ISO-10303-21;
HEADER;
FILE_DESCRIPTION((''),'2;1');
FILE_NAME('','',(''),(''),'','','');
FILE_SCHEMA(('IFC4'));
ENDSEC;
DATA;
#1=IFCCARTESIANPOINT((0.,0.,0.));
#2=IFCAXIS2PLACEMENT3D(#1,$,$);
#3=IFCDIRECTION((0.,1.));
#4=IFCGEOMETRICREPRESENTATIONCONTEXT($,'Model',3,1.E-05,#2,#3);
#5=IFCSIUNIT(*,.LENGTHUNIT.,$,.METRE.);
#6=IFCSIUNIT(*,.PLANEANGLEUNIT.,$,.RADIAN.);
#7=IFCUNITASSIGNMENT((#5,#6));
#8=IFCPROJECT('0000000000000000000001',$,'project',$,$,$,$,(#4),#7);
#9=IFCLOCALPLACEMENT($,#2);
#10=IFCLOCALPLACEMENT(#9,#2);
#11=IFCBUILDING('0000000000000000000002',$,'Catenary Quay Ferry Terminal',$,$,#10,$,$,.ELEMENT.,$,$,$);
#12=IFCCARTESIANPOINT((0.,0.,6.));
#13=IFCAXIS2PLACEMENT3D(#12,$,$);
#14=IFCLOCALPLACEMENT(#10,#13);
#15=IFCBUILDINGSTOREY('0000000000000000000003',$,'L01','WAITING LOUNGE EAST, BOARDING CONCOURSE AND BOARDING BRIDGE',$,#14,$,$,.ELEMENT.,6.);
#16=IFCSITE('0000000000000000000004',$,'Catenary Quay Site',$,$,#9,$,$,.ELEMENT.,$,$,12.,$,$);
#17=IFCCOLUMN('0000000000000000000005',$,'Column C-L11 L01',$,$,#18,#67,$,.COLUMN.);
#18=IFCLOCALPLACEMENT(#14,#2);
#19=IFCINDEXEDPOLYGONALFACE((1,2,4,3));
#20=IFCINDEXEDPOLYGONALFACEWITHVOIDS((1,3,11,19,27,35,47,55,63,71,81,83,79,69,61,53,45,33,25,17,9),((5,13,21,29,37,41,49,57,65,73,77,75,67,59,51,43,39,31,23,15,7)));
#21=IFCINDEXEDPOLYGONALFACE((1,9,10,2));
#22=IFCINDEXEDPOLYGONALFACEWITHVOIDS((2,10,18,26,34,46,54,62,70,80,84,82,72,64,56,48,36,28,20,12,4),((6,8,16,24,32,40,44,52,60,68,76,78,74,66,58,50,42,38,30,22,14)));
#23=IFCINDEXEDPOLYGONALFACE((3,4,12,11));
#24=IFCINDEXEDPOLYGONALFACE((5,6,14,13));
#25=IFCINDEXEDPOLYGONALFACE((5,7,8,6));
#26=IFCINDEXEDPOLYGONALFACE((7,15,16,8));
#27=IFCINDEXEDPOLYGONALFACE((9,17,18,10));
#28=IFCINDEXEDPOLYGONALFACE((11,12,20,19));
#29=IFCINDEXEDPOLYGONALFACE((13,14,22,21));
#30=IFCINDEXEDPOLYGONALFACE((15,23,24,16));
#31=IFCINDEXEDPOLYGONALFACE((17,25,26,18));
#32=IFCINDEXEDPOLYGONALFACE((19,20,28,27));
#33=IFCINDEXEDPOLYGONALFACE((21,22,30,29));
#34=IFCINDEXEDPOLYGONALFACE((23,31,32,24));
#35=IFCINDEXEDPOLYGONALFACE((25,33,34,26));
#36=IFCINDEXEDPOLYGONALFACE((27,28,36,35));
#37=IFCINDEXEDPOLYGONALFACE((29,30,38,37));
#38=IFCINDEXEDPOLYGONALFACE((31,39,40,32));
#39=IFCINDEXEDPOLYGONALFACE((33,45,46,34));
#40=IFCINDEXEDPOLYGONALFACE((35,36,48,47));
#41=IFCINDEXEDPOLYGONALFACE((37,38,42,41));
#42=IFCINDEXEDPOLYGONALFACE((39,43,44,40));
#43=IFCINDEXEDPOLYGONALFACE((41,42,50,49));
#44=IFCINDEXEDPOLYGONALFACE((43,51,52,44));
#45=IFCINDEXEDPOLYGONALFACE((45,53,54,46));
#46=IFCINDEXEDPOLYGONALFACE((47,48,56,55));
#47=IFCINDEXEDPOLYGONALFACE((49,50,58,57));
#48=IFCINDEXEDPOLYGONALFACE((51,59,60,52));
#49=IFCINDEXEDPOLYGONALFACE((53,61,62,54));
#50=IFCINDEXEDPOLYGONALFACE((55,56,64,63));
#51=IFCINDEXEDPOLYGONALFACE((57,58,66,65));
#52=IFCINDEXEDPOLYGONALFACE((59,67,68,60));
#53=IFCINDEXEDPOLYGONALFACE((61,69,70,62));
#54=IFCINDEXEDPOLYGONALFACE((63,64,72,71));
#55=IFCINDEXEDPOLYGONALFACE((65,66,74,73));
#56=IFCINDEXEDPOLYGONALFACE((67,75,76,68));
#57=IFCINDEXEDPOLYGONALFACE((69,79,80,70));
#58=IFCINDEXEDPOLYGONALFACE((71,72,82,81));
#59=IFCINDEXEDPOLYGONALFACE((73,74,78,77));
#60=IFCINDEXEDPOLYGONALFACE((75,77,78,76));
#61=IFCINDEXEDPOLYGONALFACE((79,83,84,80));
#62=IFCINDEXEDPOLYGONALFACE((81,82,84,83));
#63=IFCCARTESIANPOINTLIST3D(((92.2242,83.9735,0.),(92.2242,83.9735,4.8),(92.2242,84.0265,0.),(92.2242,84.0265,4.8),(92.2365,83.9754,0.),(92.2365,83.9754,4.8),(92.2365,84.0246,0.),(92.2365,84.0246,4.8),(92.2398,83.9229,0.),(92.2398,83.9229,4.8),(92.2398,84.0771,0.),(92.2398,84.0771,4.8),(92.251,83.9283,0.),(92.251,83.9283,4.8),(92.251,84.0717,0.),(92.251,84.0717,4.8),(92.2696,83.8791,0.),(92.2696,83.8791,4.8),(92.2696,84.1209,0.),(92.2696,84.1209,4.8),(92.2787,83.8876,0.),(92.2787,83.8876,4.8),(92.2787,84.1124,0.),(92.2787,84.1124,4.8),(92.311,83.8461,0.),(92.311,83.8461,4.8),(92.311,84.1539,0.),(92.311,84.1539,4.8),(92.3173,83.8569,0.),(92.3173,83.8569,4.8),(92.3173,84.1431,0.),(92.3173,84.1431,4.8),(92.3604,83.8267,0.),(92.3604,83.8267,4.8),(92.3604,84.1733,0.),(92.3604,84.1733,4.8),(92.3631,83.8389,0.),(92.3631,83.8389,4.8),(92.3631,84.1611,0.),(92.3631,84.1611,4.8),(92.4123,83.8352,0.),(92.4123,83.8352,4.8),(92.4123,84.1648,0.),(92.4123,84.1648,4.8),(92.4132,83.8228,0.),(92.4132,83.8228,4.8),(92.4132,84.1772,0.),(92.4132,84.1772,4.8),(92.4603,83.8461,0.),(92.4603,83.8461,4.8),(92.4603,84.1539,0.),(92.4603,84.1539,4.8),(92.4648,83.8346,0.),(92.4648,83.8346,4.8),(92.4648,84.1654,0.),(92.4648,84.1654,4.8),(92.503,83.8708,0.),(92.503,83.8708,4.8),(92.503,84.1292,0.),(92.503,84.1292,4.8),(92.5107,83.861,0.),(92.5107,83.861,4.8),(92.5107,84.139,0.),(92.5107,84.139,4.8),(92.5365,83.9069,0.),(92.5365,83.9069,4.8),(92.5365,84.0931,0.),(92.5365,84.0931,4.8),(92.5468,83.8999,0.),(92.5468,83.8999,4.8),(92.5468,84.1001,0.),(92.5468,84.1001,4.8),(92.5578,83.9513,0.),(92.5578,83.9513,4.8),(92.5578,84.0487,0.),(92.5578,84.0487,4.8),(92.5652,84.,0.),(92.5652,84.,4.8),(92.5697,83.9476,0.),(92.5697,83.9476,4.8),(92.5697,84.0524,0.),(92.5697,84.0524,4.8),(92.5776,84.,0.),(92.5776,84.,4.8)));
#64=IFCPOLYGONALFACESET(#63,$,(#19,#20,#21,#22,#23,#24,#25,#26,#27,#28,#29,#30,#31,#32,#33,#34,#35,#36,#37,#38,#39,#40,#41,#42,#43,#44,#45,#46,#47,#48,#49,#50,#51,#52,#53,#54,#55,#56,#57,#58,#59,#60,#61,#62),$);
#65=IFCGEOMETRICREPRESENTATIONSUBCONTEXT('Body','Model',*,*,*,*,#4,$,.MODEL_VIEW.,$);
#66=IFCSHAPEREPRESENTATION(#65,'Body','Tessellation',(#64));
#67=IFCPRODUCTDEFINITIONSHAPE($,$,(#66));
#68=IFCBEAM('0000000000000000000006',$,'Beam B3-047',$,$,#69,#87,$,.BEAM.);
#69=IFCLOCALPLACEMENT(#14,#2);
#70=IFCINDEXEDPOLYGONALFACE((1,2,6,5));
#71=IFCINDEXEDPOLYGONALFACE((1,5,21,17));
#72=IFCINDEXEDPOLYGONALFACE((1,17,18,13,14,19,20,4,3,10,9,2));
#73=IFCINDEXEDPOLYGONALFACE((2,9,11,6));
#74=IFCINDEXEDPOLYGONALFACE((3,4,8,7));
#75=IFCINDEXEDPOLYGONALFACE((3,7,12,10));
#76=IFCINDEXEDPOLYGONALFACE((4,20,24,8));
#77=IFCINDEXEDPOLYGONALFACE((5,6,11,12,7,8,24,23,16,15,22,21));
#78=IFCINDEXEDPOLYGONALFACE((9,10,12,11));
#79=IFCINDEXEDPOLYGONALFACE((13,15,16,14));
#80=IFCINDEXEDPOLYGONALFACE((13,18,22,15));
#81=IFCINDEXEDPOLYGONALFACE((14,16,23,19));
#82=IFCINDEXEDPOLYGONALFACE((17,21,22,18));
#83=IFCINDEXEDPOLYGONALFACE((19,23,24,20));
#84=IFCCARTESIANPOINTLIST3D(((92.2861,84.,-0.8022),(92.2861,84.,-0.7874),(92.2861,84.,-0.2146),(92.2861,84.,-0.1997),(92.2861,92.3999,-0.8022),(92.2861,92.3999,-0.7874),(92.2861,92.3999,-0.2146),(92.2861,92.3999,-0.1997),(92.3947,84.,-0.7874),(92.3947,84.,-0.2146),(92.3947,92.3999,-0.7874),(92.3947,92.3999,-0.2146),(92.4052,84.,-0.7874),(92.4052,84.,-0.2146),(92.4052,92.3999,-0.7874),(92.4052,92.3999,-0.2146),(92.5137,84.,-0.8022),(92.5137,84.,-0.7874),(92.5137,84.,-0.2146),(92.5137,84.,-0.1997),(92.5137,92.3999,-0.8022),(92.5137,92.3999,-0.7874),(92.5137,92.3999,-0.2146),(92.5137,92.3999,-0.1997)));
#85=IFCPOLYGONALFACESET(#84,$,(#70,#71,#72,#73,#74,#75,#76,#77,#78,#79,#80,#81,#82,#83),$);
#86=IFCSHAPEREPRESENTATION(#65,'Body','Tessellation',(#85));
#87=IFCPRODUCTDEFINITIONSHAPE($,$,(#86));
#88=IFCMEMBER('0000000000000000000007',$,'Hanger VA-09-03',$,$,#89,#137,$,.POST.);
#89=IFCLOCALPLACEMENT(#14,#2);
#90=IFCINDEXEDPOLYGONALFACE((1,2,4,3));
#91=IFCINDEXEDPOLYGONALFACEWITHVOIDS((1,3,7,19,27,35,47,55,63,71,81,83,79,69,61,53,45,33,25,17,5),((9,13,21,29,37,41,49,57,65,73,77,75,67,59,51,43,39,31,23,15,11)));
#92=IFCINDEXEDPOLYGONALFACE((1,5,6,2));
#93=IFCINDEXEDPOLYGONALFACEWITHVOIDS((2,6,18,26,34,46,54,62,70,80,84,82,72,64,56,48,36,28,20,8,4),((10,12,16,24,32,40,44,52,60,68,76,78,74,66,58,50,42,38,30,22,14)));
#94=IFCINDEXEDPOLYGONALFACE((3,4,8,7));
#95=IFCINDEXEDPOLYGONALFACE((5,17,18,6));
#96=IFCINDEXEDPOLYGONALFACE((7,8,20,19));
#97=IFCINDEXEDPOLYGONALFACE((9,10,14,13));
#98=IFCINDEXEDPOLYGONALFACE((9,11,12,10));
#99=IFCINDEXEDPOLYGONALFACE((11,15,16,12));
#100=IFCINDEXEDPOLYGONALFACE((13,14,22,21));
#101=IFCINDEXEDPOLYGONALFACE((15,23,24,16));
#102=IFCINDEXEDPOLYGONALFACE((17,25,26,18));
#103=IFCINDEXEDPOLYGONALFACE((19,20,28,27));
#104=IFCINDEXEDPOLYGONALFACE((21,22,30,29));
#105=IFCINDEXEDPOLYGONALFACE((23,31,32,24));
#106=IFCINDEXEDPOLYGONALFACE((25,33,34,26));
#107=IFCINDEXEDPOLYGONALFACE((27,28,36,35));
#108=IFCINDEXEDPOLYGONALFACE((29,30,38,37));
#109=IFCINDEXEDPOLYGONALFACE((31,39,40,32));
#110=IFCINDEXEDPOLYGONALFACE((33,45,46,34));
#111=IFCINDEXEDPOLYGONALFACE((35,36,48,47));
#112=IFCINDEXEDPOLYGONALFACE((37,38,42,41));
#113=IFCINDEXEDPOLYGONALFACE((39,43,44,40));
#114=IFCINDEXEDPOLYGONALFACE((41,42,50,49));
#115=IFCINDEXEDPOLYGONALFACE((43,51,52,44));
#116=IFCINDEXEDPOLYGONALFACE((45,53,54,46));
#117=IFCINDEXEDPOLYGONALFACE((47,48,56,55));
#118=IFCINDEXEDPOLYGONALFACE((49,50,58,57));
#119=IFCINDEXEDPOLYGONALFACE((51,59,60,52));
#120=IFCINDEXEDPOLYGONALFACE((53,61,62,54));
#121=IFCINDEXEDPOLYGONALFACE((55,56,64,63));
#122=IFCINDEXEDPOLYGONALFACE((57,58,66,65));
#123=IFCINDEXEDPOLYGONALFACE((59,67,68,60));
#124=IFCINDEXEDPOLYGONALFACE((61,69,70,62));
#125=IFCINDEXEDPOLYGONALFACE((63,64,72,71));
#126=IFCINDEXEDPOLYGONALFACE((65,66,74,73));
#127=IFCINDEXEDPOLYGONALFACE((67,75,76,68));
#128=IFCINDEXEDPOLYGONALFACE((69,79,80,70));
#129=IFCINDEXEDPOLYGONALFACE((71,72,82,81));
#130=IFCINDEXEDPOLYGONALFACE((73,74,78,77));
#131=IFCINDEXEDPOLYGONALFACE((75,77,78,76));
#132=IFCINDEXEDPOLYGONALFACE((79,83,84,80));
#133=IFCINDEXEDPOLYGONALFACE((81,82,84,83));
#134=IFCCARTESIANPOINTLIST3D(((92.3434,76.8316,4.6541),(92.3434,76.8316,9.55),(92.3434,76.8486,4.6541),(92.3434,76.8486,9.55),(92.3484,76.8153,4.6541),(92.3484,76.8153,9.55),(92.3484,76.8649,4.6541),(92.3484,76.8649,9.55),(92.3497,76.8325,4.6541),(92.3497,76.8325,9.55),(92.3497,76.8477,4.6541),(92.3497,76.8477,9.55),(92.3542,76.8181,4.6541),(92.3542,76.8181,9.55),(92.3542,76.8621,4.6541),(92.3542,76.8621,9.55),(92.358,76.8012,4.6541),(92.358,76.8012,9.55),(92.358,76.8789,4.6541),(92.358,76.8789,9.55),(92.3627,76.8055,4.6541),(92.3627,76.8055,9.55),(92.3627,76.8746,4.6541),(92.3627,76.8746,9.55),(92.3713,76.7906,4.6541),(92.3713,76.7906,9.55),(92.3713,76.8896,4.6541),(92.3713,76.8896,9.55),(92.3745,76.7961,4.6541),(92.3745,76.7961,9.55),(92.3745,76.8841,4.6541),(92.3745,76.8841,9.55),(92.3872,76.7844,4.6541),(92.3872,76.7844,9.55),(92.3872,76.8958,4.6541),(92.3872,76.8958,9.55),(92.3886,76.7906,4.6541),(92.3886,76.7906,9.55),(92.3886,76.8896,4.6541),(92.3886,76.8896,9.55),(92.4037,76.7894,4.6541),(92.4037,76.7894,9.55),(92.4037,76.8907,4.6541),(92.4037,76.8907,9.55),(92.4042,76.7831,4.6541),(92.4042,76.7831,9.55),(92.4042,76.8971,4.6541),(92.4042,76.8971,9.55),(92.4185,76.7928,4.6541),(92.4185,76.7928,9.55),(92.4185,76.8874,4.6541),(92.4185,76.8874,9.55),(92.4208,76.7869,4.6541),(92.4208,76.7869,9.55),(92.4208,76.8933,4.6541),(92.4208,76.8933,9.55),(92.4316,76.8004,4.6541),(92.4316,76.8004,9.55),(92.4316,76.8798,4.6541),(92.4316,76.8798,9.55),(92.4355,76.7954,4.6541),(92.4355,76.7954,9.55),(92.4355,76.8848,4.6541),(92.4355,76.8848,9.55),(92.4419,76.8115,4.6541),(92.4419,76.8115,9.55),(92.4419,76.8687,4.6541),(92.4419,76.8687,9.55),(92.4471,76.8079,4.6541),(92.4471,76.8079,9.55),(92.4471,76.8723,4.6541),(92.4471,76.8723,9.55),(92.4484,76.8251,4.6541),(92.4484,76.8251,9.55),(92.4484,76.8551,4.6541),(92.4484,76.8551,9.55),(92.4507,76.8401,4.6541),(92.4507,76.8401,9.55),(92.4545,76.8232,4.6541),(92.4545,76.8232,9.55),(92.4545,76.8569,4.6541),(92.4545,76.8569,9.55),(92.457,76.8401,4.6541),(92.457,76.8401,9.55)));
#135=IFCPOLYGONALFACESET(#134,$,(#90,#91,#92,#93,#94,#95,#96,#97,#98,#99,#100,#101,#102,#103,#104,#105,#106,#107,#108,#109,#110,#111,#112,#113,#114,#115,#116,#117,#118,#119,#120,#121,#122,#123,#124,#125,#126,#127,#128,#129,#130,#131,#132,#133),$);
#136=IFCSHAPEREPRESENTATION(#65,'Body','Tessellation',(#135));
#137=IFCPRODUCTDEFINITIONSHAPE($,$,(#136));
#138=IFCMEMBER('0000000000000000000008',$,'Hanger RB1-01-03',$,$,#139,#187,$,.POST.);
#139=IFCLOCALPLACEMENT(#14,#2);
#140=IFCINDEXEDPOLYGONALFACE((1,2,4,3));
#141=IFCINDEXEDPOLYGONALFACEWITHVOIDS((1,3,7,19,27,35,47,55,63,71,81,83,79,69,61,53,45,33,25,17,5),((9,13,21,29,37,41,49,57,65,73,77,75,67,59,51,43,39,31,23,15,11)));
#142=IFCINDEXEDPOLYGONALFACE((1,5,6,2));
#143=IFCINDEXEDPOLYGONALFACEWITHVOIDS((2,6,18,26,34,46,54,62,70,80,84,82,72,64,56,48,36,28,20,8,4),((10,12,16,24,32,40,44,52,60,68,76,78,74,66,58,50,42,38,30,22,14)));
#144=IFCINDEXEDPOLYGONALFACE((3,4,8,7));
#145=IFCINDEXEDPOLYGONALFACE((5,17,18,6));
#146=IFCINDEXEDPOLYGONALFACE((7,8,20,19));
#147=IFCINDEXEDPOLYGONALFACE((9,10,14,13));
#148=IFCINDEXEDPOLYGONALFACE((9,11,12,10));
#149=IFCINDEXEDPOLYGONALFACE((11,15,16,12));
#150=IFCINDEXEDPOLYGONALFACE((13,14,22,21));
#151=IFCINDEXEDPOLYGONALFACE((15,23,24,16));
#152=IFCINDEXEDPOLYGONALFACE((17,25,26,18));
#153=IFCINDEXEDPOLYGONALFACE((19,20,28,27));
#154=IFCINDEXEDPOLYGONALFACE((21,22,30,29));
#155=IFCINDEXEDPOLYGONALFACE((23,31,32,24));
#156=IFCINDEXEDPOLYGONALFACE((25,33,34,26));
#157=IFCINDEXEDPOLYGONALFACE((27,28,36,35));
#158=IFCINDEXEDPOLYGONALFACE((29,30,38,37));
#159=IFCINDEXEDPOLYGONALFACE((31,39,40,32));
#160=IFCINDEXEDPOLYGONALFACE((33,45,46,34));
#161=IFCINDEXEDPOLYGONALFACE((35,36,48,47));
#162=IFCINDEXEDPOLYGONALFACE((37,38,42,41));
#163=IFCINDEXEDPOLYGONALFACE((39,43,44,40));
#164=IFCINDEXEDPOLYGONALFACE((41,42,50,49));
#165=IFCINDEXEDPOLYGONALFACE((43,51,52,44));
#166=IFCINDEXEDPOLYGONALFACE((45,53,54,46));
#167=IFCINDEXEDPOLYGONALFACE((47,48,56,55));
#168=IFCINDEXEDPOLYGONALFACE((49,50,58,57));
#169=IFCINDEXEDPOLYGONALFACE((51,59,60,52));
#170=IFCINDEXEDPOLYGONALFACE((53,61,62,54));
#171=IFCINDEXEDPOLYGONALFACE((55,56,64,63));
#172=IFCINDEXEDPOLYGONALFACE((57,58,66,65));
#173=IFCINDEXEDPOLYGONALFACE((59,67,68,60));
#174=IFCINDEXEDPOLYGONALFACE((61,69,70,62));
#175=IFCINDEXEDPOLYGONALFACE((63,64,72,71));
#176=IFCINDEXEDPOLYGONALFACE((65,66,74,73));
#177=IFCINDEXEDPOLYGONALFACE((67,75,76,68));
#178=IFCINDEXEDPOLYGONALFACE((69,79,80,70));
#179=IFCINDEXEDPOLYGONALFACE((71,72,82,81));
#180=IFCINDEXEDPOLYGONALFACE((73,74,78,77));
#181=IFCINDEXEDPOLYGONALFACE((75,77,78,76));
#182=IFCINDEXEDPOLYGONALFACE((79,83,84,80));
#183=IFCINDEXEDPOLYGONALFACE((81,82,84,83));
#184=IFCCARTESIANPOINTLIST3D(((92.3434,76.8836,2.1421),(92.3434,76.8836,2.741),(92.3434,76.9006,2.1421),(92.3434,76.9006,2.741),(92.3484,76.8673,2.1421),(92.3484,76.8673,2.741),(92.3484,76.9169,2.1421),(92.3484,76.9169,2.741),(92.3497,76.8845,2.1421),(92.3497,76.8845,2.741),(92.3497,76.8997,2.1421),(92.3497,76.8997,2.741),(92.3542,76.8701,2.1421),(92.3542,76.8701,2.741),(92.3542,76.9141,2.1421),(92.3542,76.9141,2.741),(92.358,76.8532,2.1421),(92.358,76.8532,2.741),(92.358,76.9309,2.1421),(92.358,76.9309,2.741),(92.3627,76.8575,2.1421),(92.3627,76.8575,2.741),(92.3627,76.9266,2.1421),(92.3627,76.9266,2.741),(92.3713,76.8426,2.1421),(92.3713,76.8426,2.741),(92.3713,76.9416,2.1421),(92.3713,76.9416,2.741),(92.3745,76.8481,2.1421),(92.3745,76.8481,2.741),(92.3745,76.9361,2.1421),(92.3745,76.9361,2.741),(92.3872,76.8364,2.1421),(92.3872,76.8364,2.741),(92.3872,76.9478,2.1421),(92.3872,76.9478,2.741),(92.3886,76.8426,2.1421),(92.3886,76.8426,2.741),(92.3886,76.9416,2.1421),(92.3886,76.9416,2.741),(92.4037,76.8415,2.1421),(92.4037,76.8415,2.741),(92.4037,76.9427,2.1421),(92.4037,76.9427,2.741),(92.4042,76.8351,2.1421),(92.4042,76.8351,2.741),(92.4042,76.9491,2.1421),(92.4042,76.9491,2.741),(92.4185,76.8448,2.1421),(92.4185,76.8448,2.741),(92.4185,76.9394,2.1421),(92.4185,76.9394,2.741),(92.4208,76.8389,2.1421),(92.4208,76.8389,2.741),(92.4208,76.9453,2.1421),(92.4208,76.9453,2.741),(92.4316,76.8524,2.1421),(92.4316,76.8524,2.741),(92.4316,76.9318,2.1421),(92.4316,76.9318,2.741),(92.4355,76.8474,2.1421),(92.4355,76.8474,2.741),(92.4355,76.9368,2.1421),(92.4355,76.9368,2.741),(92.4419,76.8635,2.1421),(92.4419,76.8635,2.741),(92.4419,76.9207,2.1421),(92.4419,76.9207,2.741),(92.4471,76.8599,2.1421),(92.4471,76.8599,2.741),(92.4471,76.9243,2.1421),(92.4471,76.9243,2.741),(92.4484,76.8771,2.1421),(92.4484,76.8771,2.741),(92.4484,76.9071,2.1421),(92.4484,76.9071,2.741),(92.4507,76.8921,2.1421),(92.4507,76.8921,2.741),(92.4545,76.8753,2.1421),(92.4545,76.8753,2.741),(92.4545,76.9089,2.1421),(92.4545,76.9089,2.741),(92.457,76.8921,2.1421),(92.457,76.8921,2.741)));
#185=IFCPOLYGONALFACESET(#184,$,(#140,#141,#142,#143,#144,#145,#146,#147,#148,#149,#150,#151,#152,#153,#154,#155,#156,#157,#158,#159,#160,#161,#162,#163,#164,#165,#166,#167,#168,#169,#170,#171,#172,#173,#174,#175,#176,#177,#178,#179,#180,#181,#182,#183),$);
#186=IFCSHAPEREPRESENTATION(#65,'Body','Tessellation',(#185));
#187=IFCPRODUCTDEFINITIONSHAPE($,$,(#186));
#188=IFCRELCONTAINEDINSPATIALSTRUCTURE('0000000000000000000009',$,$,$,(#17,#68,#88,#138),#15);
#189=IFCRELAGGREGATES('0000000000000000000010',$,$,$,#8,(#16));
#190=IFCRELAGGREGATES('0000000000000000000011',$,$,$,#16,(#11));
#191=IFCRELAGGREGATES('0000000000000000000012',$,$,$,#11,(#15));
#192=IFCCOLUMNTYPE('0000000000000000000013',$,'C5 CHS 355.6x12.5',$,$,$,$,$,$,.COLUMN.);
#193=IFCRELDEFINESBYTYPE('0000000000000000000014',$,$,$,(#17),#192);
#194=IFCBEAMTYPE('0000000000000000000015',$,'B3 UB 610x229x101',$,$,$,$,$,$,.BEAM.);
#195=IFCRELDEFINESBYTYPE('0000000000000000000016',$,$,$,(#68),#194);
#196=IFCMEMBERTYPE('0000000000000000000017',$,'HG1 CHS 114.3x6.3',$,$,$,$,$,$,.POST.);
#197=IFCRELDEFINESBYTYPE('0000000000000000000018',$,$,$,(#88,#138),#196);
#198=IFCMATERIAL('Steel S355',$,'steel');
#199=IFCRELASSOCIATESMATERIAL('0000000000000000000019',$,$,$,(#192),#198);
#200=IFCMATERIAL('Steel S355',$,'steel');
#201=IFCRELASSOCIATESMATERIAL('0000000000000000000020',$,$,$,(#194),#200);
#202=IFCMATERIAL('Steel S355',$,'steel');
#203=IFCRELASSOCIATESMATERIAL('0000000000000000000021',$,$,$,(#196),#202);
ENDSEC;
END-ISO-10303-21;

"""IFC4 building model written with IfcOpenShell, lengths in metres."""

from ifc_helpers import new_model, si_unit, direction, frame, origin, origin_2d, place, context, subcontext, project, spatial, hollow_circle, i_section, extrude, material, material_profile, profile_set, type_object, element, save


model = new_model("IFC4")

# Units and contexts
model_context = context("Model", 3, precision=1e-05, world=origin(), true_north=direction((0.0, 1.0)))
body_context = subcontext(model_context, "Body", "Model", "MODEL_VIEW")
ifc_project = project(units=[si_unit("LENGTHUNIT", "METRE"), si_unit("PLANEANGLEUNIT", "RADIAN")], contexts=[model_context])

# Site, building, storey
site_placement = place(None, origin())
site = spatial("IfcSite", under=ifc_project, at=site_placement, Name="Catenary Quay Site", CompositionType="ELEMENT", RefElevation=12.0)
building_placement = place(site_placement, origin())
building = spatial("IfcBuilding", under=site, at=building_placement, Name="Catenary Quay Ferry Terminal", CompositionType="ELEMENT")
storey_placement = place(building_placement, frame((0.0, 0.0, 6.0)))
storey = spatial("IfcBuildingStorey", under=building, at=storey_placement, Name="L01", Description="WAITING LOUNGE EAST, BOARDING CONCOURSE AND BOARDING BRIDGE", CompositionType="ELEMENT", Elevation=6.0)

# Column
ifc_material_1 = material(Name="Steel S355", Category="steel")
ifc_material_profile_1 = material_profile(ifc_material_1, hollow_circle(Radius=0.1777, WallThickness=0.0125, at=origin_2d()), Name="CHS 355.6x12.5")
ifc_profile_set_1 = profile_set([ifc_material_profile_1], Name="Steel S355")
column_type = type_object("IfcColumnType", Name="C5 CHS 355.6x12.5", PredefinedType="COLUMN", material=ifc_profile_set_1)
column_placement = place(storey_placement, frame((92.3999, 84.0, 0.0), z_axis=(0.0, 0.0, 1.0), x_axis=(1.0, 0.0, 0.0)))
element("IfcColumn", 1, at=column_placement, inside=storey, type_object=column_type, Name="Column C-L11 L01", PredefinedType="COLUMN", context=body_context, shape_type="SweptSolid", body=[
    extrude(hollow_circle(Radius=0.1777, WallThickness=0.0125, at=origin_2d()), origin(), (0.0, 0.0, 1.0), 4.8),
])

# Beam
ifc_material_2 = material(Name="Steel S355", Category="steel")
ifc_material_profile_2 = material_profile(ifc_material_2, i_section(OverallWidth=0.2275, OverallDepth=0.6025, WebThickness=0.0105, FlangeThickness=0.0149, at=origin_2d()), Name="UB 610x229x101")
ifc_profile_set_2 = profile_set([ifc_material_profile_2], Name="Steel S355")
beam_type = type_object("IfcBeamType", Name="B3 UB 610x229x101", PredefinedType="BEAM", material=ifc_profile_set_2)
beam_placement = place(storey_placement, frame((92.3999, 84.0, -0.501), z_axis=(0.0, 1.0, 0.0), x_axis=(-1.0, 0.0, 0.0)))
element("IfcBeam", 2, at=beam_placement, inside=storey, type_object=beam_type, Name="Beam B3-047", PredefinedType="BEAM", context=body_context, shape_type="SweptSolid", body=[
    extrude(i_section(OverallWidth=0.2275, OverallDepth=0.6025, WebThickness=0.0105, FlangeThickness=0.0149, at=origin_2d()), origin(), (0.0, 0.0, 1.0), 8.3999),
])

# Members
ifc_material_3 = material(Name="Steel S355", Category="steel")
ifc_material_profile_3 = material_profile(ifc_material_3, hollow_circle(Radius=0.0571, WallThickness=0.0063, at=origin_2d()), Name="CHS 114.3x6.3")
ifc_profile_set_3 = profile_set([ifc_material_profile_3], Name="Steel S355")
member_type_1 = type_object("IfcMemberType", Name="HG1 CHS 114.3x6.3", PredefinedType="POST", material=ifc_profile_set_3)
member_1_placement = place(storey_placement, frame((92.3999, 76.8401, 4.6541), z_axis=(0.0, 0.0, 1.0), x_axis=(1.0, 0.0, 0.0)))
element("IfcMember", 3, at=member_1_placement, inside=storey, type_object=member_type_1, Name="Hanger VA-09-03", PredefinedType="POST", context=body_context, shape_type="SweptSolid", body=[
    extrude(hollow_circle(Radius=0.0571, WallThickness=0.0063, at=origin_2d()), origin(), (0.0, 0.0, 1.0), 4.896),
])
member_2_placement = place(storey_placement, frame((92.3999, 76.8921, 2.1421), z_axis=(0.0, 0.0, 1.0), x_axis=(1.0, 0.0, 0.0)))
element("IfcMember", 4, at=member_2_placement, inside=storey, type_object=member_type_1, Name="Hanger RB1-01-03", PredefinedType="POST", context=body_context, shape_type="SweptSolid", body=[
    extrude(hollow_circle(Radius=0.0571, WallThickness=0.0063, at=origin_2d()), origin(), (0.0, 0.0, 1.0), 0.5989),
])

save(model, "model.ifc")
